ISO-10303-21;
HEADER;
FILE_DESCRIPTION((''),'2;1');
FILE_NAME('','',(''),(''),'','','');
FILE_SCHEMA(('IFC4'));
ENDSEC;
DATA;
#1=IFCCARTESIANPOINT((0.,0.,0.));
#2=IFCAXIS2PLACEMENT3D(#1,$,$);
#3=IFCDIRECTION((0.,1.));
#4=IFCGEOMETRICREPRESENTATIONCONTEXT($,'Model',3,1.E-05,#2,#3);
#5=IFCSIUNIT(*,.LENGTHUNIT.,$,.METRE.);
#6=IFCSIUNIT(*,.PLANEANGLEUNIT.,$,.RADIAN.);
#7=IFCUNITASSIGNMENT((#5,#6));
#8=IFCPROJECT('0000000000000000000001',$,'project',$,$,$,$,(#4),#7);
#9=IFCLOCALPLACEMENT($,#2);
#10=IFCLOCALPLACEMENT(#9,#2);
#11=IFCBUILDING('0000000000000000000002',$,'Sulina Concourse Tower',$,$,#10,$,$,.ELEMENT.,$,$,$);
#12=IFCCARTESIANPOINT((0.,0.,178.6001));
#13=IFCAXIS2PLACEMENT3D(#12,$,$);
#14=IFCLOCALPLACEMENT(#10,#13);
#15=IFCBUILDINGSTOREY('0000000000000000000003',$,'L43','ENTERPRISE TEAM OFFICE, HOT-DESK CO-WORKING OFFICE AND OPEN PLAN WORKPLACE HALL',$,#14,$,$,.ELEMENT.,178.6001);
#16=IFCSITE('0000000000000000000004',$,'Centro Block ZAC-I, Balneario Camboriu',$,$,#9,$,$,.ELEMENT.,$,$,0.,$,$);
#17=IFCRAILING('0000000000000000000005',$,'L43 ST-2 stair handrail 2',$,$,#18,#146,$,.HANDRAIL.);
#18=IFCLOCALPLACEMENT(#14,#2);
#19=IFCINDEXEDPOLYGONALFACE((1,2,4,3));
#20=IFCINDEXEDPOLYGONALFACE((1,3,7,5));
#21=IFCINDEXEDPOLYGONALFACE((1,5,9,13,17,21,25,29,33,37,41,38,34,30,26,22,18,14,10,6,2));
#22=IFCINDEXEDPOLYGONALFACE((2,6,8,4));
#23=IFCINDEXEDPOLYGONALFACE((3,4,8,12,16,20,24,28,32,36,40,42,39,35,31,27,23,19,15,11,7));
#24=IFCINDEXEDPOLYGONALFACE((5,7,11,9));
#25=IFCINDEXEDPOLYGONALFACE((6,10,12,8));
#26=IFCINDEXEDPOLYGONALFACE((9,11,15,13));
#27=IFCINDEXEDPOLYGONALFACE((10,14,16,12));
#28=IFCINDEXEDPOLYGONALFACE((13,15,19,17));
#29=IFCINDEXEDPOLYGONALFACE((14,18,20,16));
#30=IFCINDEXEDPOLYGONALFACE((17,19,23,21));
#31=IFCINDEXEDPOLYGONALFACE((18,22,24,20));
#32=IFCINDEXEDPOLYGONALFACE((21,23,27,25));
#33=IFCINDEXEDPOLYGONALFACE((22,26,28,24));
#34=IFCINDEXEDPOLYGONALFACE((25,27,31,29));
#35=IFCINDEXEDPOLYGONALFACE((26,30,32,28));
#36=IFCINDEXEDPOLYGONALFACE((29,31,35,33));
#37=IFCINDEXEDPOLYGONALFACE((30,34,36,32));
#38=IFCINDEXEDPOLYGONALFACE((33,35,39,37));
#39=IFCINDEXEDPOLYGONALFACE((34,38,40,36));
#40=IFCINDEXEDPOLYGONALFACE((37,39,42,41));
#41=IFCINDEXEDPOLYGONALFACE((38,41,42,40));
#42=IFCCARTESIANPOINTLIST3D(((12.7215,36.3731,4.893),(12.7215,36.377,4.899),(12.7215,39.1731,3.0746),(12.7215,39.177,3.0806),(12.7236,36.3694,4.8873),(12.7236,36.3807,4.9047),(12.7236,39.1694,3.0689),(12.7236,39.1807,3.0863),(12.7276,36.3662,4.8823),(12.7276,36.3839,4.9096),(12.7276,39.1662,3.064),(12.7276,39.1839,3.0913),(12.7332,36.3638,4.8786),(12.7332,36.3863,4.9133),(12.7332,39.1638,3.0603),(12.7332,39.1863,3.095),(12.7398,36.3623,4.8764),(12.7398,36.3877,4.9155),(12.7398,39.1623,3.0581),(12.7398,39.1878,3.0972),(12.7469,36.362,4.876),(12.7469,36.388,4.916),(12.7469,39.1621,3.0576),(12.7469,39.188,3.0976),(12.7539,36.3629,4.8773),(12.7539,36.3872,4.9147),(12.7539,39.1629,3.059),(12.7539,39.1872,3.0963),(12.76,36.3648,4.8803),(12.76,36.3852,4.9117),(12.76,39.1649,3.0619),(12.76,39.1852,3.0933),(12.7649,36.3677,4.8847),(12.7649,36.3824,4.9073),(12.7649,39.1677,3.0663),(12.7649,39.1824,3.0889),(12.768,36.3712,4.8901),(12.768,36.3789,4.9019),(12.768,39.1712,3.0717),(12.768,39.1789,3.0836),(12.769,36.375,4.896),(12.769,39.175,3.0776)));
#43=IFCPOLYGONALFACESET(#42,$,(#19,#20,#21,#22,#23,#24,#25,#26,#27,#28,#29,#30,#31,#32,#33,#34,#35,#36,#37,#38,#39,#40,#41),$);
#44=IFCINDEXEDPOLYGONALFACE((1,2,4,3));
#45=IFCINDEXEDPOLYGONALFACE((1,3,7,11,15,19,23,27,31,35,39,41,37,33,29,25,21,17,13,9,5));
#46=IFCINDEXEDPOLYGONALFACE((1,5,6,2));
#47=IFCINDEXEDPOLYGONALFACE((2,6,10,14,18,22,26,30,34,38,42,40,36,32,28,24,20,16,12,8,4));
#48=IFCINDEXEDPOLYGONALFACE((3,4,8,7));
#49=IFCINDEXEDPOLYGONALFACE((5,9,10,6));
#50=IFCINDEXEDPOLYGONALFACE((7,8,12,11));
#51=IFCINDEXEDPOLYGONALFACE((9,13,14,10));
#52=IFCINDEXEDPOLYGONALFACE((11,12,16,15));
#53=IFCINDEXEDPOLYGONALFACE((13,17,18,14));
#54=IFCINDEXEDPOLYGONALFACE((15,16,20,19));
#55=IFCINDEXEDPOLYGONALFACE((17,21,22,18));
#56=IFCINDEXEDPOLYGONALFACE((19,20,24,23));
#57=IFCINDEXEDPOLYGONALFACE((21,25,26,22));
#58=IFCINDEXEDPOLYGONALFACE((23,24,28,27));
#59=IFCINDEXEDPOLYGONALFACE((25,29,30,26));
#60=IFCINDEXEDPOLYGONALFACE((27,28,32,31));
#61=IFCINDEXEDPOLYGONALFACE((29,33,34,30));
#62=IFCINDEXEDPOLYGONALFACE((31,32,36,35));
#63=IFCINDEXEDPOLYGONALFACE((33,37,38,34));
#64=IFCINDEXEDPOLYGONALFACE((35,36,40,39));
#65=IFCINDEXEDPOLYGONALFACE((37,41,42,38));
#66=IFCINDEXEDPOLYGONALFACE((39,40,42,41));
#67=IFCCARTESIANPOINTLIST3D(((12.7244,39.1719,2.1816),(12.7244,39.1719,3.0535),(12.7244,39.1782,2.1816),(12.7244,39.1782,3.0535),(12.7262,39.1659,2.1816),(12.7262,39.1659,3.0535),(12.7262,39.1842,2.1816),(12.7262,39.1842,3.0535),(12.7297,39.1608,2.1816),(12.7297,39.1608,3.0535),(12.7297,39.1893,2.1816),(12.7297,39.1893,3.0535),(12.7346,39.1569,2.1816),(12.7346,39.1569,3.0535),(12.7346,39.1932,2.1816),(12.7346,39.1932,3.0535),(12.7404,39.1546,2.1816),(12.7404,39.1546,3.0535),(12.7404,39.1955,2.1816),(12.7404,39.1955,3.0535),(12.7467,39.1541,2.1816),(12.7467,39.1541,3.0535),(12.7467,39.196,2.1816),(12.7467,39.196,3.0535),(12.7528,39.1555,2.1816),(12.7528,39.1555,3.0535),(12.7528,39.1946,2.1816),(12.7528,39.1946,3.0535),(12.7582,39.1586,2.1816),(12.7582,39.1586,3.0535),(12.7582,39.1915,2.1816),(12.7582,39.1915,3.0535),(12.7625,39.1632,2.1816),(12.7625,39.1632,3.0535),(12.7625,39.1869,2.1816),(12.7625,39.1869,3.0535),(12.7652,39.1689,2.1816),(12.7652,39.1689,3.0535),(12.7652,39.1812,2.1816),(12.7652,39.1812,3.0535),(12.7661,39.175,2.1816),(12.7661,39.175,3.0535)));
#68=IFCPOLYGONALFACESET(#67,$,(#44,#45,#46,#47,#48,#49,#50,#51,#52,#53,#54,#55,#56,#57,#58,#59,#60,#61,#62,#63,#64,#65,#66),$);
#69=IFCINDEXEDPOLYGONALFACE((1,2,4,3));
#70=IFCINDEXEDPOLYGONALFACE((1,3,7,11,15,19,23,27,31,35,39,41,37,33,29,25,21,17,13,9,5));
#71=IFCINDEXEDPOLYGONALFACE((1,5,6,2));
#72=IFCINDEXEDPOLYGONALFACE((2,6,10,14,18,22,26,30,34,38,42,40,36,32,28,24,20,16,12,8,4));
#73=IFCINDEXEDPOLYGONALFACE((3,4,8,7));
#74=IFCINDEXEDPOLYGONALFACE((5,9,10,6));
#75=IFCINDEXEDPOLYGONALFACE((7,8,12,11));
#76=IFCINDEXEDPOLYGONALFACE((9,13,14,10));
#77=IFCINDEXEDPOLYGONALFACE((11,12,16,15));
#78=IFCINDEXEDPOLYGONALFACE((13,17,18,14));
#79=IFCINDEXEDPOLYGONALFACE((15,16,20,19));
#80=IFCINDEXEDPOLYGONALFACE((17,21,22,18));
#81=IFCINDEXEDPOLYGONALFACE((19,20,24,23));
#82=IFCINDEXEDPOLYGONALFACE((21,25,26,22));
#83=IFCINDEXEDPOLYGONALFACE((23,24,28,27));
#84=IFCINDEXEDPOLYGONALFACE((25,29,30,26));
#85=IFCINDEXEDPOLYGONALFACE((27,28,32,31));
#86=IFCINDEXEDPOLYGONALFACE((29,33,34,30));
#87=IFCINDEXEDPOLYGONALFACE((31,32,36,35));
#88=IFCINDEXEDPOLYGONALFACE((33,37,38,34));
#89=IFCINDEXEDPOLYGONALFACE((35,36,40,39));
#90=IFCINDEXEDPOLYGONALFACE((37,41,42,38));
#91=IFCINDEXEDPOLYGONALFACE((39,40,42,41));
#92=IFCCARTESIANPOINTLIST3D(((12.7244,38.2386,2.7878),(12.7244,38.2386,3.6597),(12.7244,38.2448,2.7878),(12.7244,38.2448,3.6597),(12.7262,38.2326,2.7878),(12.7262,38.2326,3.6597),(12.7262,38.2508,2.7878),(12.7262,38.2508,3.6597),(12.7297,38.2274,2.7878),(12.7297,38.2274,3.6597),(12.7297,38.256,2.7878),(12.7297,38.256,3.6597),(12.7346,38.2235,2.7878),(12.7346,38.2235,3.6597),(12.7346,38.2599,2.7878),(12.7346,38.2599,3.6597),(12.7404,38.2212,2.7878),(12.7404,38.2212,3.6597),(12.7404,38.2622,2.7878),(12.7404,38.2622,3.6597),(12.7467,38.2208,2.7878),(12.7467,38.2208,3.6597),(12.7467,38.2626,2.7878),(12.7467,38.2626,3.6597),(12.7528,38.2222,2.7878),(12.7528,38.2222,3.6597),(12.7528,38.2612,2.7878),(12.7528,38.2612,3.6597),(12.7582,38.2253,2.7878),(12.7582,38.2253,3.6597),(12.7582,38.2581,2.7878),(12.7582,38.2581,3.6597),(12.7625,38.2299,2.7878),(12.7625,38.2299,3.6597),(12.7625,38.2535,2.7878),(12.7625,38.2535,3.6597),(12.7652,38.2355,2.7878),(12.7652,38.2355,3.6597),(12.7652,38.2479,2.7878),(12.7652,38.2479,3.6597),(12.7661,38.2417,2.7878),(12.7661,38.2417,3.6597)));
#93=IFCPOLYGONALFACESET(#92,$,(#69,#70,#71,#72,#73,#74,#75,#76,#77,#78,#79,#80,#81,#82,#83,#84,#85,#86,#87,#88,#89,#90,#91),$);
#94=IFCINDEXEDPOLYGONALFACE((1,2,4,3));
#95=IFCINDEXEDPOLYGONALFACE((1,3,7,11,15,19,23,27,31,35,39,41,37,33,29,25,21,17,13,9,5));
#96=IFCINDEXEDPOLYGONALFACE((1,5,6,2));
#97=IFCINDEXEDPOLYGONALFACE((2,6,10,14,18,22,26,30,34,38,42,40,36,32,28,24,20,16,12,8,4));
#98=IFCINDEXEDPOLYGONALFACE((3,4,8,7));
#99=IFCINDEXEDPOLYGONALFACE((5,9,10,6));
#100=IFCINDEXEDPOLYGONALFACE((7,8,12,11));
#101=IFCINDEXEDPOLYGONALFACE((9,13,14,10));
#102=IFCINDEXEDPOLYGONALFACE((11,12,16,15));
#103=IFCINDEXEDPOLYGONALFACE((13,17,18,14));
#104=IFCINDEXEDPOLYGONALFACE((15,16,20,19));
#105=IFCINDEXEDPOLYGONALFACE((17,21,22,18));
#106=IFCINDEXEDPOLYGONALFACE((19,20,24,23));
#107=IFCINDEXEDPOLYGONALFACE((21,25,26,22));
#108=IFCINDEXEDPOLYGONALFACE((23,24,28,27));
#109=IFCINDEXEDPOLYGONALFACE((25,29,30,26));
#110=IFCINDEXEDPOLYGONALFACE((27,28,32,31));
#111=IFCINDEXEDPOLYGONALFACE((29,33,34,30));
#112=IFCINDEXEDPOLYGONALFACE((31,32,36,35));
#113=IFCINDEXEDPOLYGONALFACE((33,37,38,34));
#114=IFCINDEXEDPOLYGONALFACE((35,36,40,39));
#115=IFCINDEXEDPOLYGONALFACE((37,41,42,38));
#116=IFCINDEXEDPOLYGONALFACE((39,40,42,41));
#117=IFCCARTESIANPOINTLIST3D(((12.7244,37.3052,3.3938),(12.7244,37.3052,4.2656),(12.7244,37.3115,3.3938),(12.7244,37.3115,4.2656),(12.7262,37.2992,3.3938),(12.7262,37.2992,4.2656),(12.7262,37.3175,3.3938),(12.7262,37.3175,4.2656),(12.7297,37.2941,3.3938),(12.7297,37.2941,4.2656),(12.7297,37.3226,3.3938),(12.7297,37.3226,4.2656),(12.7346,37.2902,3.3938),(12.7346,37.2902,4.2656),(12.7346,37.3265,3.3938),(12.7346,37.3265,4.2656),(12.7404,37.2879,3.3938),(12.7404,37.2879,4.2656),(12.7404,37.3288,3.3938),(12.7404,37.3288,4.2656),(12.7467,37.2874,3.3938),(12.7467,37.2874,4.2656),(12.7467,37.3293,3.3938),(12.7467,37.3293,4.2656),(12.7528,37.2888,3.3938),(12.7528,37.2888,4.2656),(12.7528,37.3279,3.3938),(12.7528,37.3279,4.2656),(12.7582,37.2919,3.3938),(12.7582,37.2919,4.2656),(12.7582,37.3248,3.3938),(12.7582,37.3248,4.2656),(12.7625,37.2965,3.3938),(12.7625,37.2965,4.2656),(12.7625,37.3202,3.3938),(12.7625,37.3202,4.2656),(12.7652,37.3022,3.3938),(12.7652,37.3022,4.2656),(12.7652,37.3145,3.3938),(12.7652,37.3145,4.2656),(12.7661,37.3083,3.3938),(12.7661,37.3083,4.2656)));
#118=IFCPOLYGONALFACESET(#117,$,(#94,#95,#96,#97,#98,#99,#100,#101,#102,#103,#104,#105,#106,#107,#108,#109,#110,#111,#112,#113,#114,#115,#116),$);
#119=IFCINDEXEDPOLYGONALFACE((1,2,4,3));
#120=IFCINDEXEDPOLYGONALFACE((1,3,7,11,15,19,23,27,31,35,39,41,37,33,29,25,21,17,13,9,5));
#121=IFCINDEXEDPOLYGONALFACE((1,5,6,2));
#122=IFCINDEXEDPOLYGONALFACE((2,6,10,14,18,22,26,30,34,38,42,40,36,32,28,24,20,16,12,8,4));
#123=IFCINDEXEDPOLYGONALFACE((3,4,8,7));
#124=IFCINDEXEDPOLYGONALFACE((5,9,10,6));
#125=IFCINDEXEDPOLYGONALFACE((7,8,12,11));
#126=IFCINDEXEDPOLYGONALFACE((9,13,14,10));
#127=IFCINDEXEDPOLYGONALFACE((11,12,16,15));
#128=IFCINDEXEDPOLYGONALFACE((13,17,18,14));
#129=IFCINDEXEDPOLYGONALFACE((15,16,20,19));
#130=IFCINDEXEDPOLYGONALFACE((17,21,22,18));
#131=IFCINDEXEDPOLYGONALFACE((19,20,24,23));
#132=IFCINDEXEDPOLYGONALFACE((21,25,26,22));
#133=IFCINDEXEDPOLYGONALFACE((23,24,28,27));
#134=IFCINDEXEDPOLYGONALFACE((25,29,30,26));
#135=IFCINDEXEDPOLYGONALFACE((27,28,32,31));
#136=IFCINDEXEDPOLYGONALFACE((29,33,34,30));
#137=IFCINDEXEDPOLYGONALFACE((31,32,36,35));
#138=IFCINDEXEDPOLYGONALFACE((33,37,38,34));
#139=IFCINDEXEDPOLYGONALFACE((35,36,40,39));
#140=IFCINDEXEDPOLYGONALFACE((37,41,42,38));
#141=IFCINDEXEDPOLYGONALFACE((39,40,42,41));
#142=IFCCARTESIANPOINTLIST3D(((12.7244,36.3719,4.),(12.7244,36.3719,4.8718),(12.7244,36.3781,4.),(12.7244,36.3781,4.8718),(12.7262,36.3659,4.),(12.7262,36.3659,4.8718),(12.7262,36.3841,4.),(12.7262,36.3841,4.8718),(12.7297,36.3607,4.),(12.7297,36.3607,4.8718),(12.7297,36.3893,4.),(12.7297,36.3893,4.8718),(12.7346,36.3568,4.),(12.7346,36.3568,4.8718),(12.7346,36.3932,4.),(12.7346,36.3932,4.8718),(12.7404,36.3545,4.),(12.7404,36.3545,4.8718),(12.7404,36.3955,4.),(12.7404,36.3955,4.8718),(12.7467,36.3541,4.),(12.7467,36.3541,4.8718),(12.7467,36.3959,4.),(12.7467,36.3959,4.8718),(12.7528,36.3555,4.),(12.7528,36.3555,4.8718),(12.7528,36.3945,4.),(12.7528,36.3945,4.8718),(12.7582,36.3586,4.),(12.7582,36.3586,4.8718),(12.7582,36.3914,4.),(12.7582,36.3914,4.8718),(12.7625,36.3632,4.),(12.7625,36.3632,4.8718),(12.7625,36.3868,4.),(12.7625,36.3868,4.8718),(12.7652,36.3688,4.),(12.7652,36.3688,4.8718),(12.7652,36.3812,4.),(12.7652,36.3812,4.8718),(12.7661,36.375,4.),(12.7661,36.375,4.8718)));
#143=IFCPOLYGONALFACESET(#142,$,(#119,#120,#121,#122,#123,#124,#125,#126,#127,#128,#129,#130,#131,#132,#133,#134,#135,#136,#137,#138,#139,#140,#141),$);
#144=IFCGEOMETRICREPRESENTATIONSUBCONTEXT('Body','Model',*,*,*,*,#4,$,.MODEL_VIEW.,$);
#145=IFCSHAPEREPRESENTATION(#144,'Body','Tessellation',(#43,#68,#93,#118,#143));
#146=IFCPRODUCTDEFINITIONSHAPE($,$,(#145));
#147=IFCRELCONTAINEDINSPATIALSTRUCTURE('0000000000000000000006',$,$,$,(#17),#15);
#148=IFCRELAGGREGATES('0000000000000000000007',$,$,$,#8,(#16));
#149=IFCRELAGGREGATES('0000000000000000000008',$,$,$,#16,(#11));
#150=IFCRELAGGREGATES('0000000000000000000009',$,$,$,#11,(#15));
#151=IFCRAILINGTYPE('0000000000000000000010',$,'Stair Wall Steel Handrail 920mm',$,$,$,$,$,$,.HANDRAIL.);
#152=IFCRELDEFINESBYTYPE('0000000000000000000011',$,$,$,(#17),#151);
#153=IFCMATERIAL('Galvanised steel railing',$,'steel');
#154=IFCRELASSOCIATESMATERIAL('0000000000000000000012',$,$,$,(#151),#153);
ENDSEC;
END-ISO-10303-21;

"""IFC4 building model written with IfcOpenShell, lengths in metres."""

from ifc_helpers import new_model, si_unit, direction, frame, origin, origin_2d, place, context, subcontext, project, spatial, circle, extrude, material, type_object, element, save


model = new_model("IFC4")

# Units and contexts
model_context = context("Model", 3, precision=1e-05, world=origin(), true_north=direction((0.0, 1.0)))
body_context = subcontext(model_context, "Body", "Model", "MODEL_VIEW")
ifc_project = project(units=[si_unit("LENGTHUNIT", "METRE"), si_unit("PLANEANGLEUNIT", "RADIAN")], contexts=[model_context])

# Site, building, storey
site_placement = place(None, origin())
site = spatial("IfcSite", under=ifc_project, at=site_placement, Name="Centro Block ZAC-I, Balneario Camboriu", CompositionType="ELEMENT", RefElevation=0.0)
building_placement = place(site_placement, origin())
building = spatial("IfcBuilding", under=site, at=building_placement, Name="Sulina Concourse Tower", CompositionType="ELEMENT")
storey_placement = place(building_placement, frame((0.0, 0.0, 178.6001)))
storey = spatial("IfcBuildingStorey", under=building, at=storey_placement, Name="L43", Description="ENTERPRISE TEAM OFFICE, HOT-DESK CO-WORKING OFFICE AND OPEN PLAN WORKPLACE HALL", CompositionType="ELEMENT", Elevation=178.6001)

# Railing
ifc_material_1 = material(Name="Galvanised steel railing", Category="steel")
railing_type_1 = type_object("IfcRailingType", Name="Stair Wall Steel Handrail 920mm", PredefinedType="HANDRAIL", material=ifc_material_1)
railing_1_placement = place(storey_placement, frame((12.7451, 39.175, 2.1816)))
element("IfcRailing", 1, at=railing_1_placement, inside=storey, type_object=railing_type_1, Name="L43 ST-2 stair handrail 2", PredefinedType="HANDRAIL", context=body_context, shape_type="SweptSolid", body=[
    extrude(circle(Radius=0.0239, at=origin_2d()), frame((0.0, 0.0, 0.896), z_axis=(0.0, -0.838672, 0.544636), x_axis=(1.0, 0.0, 0.0)), (0.0, 0.0, 1.0), 3.3386),
    extrude(circle(Radius=0.021, at=origin_2d()), origin(), (0.0, 0.0, 1.0), 0.8718),
    extrude(circle(Radius=0.021, at=origin_2d()), frame((0.0, -0.9333, 0.6062)), (0.0, 0.0, 1.0), 0.8718),
    extrude(circle(Radius=0.021, at=origin_2d()), frame((0.0, -1.8667, 1.2122)), (0.0, 0.0, 1.0), 0.8718),
    extrude(circle(Radius=0.021, at=origin_2d()), frame((0.0, -2.8, 1.8184)), (0.0, 0.0, 1.0), 0.8718),
])

save(model, "model.ifc")
